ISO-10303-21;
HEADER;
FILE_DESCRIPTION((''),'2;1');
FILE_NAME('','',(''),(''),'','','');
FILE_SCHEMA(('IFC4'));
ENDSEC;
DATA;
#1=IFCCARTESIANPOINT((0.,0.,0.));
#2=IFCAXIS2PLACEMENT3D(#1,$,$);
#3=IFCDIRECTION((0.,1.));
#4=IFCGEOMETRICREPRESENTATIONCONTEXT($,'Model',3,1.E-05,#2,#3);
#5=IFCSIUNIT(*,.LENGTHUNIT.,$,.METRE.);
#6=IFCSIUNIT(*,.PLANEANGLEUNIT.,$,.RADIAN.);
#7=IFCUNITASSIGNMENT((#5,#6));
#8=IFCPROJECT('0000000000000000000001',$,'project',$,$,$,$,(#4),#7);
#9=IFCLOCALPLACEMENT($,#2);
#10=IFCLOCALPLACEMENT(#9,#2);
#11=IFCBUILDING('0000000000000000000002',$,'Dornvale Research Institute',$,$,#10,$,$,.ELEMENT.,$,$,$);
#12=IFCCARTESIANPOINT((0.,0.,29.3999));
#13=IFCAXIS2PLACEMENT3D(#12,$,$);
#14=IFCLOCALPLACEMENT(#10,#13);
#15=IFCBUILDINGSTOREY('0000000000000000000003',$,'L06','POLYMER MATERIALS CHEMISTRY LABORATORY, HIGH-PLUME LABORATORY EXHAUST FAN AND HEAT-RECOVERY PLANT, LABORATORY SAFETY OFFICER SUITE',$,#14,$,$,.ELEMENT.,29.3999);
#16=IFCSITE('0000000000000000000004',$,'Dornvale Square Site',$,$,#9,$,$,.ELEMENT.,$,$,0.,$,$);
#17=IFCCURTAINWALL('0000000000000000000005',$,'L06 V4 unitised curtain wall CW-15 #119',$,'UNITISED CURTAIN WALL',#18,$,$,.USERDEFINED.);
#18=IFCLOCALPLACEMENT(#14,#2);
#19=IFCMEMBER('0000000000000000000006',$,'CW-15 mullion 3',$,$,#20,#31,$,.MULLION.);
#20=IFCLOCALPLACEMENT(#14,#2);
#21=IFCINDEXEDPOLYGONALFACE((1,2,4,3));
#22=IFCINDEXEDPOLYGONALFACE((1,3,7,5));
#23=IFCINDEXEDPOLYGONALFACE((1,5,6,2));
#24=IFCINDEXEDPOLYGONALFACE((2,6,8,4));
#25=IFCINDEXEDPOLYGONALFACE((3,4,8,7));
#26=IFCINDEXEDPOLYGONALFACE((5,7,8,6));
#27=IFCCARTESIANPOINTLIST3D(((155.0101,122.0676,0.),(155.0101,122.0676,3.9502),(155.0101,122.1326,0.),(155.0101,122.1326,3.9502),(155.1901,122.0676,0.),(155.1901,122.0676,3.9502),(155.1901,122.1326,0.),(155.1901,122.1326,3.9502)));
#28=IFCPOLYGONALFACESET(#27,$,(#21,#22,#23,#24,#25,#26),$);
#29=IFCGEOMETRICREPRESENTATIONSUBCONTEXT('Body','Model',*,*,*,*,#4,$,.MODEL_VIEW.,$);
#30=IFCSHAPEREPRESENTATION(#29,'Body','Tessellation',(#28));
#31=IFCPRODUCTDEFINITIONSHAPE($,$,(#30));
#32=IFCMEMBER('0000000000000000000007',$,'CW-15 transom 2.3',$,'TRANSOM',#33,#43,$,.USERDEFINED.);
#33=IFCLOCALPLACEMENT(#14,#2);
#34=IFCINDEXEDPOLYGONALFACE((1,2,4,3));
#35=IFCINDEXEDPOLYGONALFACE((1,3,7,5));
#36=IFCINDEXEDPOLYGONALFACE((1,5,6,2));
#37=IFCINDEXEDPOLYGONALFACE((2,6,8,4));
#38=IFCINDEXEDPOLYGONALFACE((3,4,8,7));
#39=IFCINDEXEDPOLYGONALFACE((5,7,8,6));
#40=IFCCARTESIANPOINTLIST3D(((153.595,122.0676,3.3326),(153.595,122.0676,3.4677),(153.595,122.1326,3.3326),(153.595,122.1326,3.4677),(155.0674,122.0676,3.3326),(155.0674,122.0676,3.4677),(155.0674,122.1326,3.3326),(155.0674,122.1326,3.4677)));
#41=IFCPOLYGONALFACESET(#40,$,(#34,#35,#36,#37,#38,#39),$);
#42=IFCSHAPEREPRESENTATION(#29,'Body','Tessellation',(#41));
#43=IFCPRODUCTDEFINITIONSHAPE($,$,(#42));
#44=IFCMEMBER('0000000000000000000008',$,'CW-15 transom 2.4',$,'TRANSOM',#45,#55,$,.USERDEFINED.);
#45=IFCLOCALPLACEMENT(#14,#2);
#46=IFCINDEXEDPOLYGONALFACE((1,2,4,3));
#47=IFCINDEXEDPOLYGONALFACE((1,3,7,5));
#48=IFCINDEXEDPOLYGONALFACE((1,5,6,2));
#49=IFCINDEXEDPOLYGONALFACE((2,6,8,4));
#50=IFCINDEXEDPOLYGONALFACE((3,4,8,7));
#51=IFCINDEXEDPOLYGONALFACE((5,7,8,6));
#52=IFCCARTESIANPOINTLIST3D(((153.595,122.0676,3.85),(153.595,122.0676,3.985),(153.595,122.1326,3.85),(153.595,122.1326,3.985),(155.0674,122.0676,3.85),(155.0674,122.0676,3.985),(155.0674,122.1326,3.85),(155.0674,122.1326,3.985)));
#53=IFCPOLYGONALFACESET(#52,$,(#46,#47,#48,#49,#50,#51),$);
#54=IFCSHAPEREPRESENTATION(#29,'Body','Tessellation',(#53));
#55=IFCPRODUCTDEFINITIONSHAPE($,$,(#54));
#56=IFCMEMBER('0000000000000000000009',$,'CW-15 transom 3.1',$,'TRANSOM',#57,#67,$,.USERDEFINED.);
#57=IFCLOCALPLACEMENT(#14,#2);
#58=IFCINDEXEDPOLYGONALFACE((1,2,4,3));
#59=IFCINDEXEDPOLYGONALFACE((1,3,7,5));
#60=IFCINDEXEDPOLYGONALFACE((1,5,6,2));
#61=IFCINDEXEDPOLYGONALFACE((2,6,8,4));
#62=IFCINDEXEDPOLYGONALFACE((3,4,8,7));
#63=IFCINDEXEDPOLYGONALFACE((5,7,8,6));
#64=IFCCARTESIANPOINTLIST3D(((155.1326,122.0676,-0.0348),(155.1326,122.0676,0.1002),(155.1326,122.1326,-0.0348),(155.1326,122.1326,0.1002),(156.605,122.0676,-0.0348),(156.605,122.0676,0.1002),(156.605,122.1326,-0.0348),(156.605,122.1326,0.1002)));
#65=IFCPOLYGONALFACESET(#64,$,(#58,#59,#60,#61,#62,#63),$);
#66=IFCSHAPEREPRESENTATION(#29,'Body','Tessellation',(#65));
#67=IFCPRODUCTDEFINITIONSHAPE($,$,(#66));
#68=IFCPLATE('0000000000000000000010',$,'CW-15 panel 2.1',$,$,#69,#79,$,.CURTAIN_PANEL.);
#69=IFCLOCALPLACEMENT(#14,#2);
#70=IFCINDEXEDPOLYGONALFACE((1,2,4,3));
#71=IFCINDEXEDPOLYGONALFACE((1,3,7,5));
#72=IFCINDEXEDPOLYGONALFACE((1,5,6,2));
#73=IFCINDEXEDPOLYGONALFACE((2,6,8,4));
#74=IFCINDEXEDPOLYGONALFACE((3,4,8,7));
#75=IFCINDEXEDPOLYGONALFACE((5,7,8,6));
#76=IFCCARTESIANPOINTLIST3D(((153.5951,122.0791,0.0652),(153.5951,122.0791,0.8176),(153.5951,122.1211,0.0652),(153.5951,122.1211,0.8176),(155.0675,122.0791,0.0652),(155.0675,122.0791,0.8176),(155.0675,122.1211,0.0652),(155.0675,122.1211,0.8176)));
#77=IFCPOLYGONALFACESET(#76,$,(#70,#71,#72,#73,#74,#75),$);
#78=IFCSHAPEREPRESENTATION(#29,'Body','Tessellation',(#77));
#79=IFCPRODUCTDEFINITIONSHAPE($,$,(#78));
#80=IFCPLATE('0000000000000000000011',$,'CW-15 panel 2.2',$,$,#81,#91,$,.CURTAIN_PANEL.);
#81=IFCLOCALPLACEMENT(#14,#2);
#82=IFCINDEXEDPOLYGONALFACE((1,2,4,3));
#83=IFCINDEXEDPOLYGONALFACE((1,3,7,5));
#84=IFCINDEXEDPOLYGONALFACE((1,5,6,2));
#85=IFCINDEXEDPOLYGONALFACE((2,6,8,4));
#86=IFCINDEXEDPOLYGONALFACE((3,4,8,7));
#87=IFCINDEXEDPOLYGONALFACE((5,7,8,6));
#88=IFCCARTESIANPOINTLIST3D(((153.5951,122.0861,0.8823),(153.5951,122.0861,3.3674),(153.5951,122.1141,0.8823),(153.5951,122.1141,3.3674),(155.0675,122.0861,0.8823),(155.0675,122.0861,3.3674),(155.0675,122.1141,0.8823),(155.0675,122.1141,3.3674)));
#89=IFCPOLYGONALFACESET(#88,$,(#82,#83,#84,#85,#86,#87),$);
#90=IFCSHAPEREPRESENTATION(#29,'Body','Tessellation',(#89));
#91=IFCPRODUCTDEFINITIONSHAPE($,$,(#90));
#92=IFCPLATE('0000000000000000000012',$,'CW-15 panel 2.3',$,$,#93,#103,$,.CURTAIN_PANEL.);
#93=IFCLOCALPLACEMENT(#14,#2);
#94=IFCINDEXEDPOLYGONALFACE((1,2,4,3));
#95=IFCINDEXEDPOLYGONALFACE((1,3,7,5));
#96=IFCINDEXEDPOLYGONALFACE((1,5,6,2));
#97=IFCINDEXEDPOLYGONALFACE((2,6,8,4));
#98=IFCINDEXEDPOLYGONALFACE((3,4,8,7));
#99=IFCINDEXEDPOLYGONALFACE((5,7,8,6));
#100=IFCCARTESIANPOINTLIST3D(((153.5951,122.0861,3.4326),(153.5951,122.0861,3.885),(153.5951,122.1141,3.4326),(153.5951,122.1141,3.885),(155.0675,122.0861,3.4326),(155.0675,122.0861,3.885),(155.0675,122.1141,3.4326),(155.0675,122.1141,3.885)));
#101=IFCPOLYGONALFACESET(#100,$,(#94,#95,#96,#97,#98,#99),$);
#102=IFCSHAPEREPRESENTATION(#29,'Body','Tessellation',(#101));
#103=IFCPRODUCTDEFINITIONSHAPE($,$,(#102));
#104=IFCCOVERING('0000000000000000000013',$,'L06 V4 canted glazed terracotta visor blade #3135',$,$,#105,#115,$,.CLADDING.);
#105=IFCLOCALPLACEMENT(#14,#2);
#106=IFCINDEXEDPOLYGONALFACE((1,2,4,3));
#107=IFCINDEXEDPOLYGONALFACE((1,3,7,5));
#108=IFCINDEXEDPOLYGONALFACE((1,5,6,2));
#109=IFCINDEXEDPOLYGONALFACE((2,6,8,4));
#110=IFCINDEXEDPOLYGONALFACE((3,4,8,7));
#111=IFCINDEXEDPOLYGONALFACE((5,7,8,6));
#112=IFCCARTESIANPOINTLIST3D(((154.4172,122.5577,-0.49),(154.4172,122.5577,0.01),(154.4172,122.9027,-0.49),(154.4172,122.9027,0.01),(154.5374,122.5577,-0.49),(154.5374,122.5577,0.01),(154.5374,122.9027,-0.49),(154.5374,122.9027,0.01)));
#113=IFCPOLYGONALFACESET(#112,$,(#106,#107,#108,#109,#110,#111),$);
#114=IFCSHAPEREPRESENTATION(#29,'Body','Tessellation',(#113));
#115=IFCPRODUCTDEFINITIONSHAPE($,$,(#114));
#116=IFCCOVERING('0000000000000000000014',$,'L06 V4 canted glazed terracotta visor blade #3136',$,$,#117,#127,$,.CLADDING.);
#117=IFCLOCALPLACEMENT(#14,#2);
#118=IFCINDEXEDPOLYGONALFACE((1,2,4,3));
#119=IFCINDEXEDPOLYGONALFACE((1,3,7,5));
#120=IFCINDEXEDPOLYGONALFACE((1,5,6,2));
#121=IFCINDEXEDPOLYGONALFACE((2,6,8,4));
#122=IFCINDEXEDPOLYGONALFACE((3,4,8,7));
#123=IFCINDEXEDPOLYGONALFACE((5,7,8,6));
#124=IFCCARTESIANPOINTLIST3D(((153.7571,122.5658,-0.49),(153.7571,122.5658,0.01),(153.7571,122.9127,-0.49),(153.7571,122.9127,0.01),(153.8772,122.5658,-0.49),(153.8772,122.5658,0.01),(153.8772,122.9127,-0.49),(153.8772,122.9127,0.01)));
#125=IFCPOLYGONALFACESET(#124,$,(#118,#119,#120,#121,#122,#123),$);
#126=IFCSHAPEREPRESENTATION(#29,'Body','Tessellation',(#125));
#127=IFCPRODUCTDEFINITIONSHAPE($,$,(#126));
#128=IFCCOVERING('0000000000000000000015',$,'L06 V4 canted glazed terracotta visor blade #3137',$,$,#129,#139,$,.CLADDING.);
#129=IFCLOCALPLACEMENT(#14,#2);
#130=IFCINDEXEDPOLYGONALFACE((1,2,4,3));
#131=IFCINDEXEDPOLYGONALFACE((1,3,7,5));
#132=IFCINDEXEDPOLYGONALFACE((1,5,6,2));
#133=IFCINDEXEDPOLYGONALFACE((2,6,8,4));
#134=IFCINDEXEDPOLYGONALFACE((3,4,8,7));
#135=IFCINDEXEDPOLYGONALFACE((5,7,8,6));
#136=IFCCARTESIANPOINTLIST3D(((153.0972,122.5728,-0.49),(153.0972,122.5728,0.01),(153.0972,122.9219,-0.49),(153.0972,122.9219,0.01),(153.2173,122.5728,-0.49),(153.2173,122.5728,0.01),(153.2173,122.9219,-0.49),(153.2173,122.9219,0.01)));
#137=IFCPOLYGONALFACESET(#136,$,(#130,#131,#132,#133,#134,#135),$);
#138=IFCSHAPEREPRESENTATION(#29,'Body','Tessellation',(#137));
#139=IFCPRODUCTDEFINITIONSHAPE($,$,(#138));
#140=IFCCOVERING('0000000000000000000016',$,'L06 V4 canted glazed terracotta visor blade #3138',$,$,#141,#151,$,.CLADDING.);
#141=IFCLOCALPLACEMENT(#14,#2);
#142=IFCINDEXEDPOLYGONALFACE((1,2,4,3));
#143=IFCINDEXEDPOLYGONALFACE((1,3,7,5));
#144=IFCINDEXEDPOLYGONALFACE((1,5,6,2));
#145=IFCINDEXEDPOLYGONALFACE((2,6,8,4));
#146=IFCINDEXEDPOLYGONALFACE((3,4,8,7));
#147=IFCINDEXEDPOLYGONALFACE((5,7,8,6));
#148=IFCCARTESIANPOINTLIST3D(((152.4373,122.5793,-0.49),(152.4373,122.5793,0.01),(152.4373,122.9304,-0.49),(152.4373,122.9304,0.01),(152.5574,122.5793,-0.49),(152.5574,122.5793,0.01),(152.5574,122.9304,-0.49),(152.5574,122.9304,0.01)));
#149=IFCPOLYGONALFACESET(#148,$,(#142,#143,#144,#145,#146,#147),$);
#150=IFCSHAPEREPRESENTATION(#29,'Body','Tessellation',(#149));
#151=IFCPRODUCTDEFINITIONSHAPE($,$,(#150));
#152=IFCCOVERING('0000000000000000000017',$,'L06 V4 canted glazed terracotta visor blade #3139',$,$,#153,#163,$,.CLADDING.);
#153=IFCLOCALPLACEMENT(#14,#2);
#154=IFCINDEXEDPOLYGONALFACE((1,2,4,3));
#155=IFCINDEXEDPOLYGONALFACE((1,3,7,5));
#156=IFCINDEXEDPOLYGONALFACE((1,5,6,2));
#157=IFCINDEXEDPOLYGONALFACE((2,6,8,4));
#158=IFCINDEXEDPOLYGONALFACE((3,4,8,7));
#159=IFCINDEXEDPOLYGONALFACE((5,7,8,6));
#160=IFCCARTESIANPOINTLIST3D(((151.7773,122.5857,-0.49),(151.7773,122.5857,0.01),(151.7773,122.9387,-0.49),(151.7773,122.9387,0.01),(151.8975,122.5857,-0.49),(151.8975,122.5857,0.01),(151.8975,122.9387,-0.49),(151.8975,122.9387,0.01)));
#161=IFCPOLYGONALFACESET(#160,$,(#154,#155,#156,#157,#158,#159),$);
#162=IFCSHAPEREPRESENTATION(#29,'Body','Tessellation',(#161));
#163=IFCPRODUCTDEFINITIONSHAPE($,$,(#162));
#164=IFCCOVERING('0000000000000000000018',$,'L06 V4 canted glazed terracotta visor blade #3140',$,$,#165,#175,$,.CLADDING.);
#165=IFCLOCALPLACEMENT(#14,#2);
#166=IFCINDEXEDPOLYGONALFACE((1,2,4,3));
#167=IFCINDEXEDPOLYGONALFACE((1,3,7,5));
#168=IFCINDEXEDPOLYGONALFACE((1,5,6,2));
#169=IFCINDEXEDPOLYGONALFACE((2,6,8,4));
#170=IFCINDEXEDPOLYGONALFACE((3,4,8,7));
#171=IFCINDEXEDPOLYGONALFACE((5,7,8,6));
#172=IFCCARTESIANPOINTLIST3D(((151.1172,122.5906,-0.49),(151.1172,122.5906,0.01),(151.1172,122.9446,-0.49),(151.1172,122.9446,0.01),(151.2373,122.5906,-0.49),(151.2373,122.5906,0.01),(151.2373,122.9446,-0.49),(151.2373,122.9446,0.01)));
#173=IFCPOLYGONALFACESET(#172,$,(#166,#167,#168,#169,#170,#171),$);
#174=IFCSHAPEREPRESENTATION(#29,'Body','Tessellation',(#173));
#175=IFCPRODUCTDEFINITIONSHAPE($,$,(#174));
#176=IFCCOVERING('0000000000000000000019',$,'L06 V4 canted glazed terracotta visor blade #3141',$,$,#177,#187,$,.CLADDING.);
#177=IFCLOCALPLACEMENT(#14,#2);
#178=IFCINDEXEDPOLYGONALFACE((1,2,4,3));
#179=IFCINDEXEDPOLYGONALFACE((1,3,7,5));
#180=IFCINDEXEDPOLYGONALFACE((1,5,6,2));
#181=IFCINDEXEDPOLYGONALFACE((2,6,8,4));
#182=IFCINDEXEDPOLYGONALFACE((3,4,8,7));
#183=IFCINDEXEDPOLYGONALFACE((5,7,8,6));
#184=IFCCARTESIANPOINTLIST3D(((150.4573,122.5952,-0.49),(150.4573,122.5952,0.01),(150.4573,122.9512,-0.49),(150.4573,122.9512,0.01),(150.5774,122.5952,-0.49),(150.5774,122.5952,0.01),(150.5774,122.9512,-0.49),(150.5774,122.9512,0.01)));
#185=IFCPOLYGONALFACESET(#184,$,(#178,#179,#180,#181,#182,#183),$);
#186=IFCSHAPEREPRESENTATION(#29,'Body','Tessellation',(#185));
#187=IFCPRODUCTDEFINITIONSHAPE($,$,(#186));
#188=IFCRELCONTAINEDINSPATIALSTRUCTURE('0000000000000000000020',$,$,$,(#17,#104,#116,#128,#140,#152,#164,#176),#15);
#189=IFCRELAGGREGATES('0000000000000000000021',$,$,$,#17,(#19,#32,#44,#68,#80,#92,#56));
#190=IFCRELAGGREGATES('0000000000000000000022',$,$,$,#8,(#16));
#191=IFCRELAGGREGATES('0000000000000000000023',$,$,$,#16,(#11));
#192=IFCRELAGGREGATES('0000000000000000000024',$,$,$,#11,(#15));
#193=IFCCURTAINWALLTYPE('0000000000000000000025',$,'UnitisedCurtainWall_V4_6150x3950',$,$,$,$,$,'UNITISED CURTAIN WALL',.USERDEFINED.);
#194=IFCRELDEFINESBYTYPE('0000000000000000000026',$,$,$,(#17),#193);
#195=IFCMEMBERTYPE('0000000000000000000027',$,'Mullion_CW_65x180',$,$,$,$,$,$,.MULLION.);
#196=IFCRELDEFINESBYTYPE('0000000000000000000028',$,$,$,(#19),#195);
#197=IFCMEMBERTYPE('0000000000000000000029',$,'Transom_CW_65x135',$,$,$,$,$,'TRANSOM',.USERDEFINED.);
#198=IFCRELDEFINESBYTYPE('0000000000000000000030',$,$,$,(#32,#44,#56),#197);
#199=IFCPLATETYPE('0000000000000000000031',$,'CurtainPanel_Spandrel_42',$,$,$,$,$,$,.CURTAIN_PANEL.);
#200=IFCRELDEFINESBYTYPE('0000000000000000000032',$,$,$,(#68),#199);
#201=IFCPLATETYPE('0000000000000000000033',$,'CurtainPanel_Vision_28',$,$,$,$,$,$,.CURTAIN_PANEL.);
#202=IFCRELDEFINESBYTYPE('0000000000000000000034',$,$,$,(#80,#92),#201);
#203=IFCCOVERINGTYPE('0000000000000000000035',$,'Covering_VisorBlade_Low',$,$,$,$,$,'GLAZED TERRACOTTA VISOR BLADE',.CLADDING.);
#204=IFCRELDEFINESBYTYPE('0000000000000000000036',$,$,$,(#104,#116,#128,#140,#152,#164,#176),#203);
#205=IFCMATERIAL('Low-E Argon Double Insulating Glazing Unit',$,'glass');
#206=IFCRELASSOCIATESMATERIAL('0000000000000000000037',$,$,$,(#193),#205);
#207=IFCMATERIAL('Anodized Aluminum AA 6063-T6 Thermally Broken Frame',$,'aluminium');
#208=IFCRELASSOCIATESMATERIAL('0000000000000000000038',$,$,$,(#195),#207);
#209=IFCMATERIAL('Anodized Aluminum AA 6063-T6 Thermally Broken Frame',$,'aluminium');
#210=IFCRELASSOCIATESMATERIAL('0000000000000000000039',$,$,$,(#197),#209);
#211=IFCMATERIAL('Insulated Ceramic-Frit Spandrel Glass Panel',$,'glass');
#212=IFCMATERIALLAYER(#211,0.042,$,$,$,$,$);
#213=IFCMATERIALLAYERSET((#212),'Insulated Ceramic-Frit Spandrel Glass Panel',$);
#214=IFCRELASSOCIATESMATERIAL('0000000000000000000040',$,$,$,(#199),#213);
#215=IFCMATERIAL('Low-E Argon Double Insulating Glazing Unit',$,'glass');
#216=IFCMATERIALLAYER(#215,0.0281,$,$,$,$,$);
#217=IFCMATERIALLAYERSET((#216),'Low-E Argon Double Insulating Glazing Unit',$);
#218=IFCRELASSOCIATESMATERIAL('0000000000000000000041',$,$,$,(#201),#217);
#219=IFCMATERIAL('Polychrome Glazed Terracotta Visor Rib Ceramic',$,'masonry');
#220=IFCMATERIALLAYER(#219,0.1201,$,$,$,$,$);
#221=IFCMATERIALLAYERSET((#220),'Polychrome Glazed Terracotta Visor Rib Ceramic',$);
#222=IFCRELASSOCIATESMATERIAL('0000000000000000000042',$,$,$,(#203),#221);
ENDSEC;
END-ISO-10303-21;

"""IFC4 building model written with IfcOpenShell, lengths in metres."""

from ifc_helpers import new_model, si_unit, direction, frame, origin, origin_2d, place, context, subcontext, project, spatial, rectangle, extrude, material, layer, layer_set, material_profile, profile_set, type_object, element, aggregate, save


model = new_model("IFC4")

# Units and contexts
model_context = context("Model", 3, precision=1e-05, world=origin(), true_north=direction((0.0, 1.0)))
body_context = subcontext(model_context, "Body", "Model", "MODEL_VIEW")
ifc_project = project(units=[si_unit("LENGTHUNIT", "METRE"), si_unit("PLANEANGLEUNIT", "RADIAN")], contexts=[model_context])

# Site, building, storey
site_placement = place(None, origin())
site = spatial("IfcSite", under=ifc_project, at=site_placement, Name="Dornvale Square Site", CompositionType="ELEMENT", RefElevation=0.0)
building_placement = place(site_placement, origin())
building = spatial("IfcBuilding", under=site, at=building_placement, Name="Dornvale Research Institute", CompositionType="ELEMENT")
storey_placement = place(building_placement, frame((0.0, 0.0, 29.3999)))
storey = spatial("IfcBuildingStorey", under=building, at=storey_placement, Name="L06", Description="POLYMER MATERIALS CHEMISTRY LABORATORY, HIGH-PLUME LABORATORY EXHAUST FAN AND HEAT-RECOVERY PLANT, LABORATORY SAFETY OFFICER SUITE", CompositionType="ELEMENT", Elevation=29.3999)

# Curtain wall, members, plates
ifc_material_1 = material(Name="Low-E Argon Double Insulating Glazing Unit", Category="glass")
curtain_wall_type = type_object("IfcCurtainWallType", Name="UnitisedCurtainWall_V4_6150x3950", ElementType="UNITISED CURTAIN WALL", PredefinedType="USERDEFINED", material=ifc_material_1)
curtain_wall_placement = place(storey_placement, origin())
curtain_wall = element("IfcCurtainWall", 1, at=curtain_wall_placement, inside=storey, type_object=curtain_wall_type, Name="L06 V4 unitised curtain wall CW-15 #119", ObjectType="UNITISED CURTAIN WALL", PredefinedType="USERDEFINED")
ifc_material_2 = material(Name="Anodized Aluminum AA 6063-T6 Thermally Broken Frame", Category="aluminium")
ifc_material_profile_1 = material_profile(ifc_material_2, rectangle(XDim=0.0649, YDim=0.1799, at=origin_2d()), Name="ALU MULLION 65x180")
ifc_profile_set_1 = profile_set([ifc_material_profile_1], Name="Anodized Aluminum AA 6063-T6 Thermally Broken Frame")
member_type_1 = type_object("IfcMemberType", Name="Mullion_CW_65x180", PredefinedType="MULLION", material=ifc_profile_set_1)
member_1_placement = place(storey_placement, frame((155.1001, 122.1001, 0.0), z_axis=(0.0, 0.0, 1.0), x_axis=(0.0, 1.0, 0.0)))
member_1 = element("IfcMember", 2, at=member_1_placement, type_object=member_type_1, Name="CW-15 mullion 3", PredefinedType="MULLION", context=body_context, shape_type="SweptSolid", body=[
    extrude(rectangle(XDim=0.0649, YDim=0.1799, at=origin_2d()), origin(), (0.0, 0.0, 1.0), 3.9502),
])
ifc_material_3 = material(Name="Anodized Aluminum AA 6063-T6 Thermally Broken Frame", Category="aluminium")
ifc_material_profile_2 = material_profile(ifc_material_3, rectangle(XDim=0.0649, YDim=0.135, at=origin_2d()), Name="ALU TRANSOM 65x135")
ifc_profile_set_2 = profile_set([ifc_material_profile_2], Name="Anodized Aluminum AA 6063-T6 Thermally Broken Frame")
member_type_2 = type_object("IfcMemberType", Name="Transom_CW_65x135", ElementType="TRANSOM", PredefinedType="USERDEFINED", material=ifc_profile_set_2)
member_2_placement = place(storey_placement, frame((153.595, 122.1001, 3.4001), z_axis=(1.0, 0.0, 0.0), x_axis=(0.0, 1.0, 0.0)))
member_2 = element("IfcMember", 3, at=member_2_placement, type_object=member_type_2, Name="CW-15 transom 2.3", ObjectType="TRANSOM", PredefinedType="USERDEFINED", context=body_context, shape_type="SweptSolid", body=[
    extrude(rectangle(XDim=0.0649, YDim=0.135, at=origin_2d()), origin(), (0.0, 0.0, 1.0), 1.4724),
])
member_3_placement = place(storey_placement, frame((153.595, 122.1001, 3.9175), z_axis=(1.0, 0.0, 0.0), x_axis=(0.0, 1.0, 0.0)))
member_3 = element("IfcMember", 4, at=member_3_placement, type_object=member_type_2, Name="CW-15 transom 2.4", ObjectType="TRANSOM", PredefinedType="USERDEFINED", context=body_context, shape_type="SweptSolid", body=[
    extrude(rectangle(XDim=0.0649, YDim=0.135, at=origin_2d()), origin(), (0.0, 0.0, 1.0), 1.4724),
])
member_4_placement = place(storey_placement, frame((155.1326, 122.1001, 0.0327), z_axis=(1.0, 0.0, 0.0), x_axis=(0.0, 1.0, 0.0)))
member_4 = element("IfcMember", 5, at=member_4_placement, type_object=member_type_2, Name="CW-15 transom 3.1", ObjectType="TRANSOM", PredefinedType="USERDEFINED", context=body_context, shape_type="SweptSolid", body=[
    extrude(rectangle(XDim=0.0649, YDim=0.135, at=origin_2d()), origin(), (0.0, 0.0, 1.0), 1.4724),
])
ifc_material_4 = material(Name="Insulated Ceramic-Frit Spandrel Glass Panel", Category="glass")
ifc_layer_1 = layer(ifc_material_4, 0.042)
ifc_layer_set_1 = layer_set([ifc_layer_1], Name="Insulated Ceramic-Frit Spandrel Glass Panel")
plate_type_1 = type_object("IfcPlateType", Name="CurtainPanel_Spandrel_42", PredefinedType="CURTAIN_PANEL", material=ifc_layer_set_1)
plate_1_placement = place(storey_placement, frame((154.3313, 122.1001, 0.0652), z_axis=(0.0, 0.0, 1.0), x_axis=(1.0, 0.0, 0.0)))
plate_1 = element("IfcPlate", 6, at=plate_1_placement, type_object=plate_type_1, Name="CW-15 panel 2.1", PredefinedType="CURTAIN_PANEL", context=body_context, shape_type="SweptSolid", body=[
    extrude(rectangle(XDim=1.4724, YDim=0.042, at=origin_2d()), origin(), (0.0, 0.0, 1.0), 0.7524),
])
ifc_material_5 = material(Name="Low-E Argon Double Insulating Glazing Unit", Category="glass")
ifc_layer_2 = layer(ifc_material_5, 0.0281)
ifc_layer_set_2 = layer_set([ifc_layer_2], Name="Low-E Argon Double Insulating Glazing Unit")
plate_type_2 = type_object("IfcPlateType", Name="CurtainPanel_Vision_28", PredefinedType="CURTAIN_PANEL", material=ifc_layer_set_2)
plate_2_placement = place(storey_placement, frame((154.3313, 122.1001, 0.8823), z_axis=(0.0, 0.0, 1.0), x_axis=(1.0, 0.0, 0.0)))
plate_2 = element("IfcPlate", 7, at=plate_2_placement, type_object=plate_type_2, Name="CW-15 panel 2.2", PredefinedType="CURTAIN_PANEL", context=body_context, shape_type="SweptSolid", body=[
    extrude(rectangle(XDim=1.4724, YDim=0.0281, at=origin_2d()), origin(), (0.0, 0.0, 1.0), 2.4851),
])
plate_3_placement = place(storey_placement, frame((154.3313, 122.1001, 3.4326), z_axis=(0.0, 0.0, 1.0), x_axis=(1.0, 0.0, 0.0)))
plate_3 = element("IfcPlate", 8, at=plate_3_placement, type_object=plate_type_2, Name="CW-15 panel 2.3", PredefinedType="CURTAIN_PANEL", context=body_context, shape_type="SweptSolid", body=[
    extrude(rectangle(XDim=1.4724, YDim=0.0281, at=origin_2d()), origin(), (0.0, 0.0, 1.0), 0.4524),
])
aggregate(curtain_wall, [member_1, member_2, member_3, plate_1, plate_2, plate_3, member_4])

# Coverings
ifc_material_6 = material(Name="Polychrome Glazed Terracotta Visor Rib Ceramic", Category="masonry")
ifc_layer_3 = layer(ifc_material_6, 0.1201)
ifc_layer_set_3 = layer_set([ifc_layer_3], Name="Polychrome Glazed Terracotta Visor Rib Ceramic")
covering_type = type_object("IfcCoveringType", Name="Covering_VisorBlade_Low", ElementType="GLAZED TERRACOTTA VISOR BLADE", PredefinedType="CLADDING", material=ifc_layer_set_3)
covering_1_placement = place(storey_placement, frame((154.4773, 122.7302, -0.49), z_axis=(0.0, 0.0, 1.0), x_axis=(0.0, 1.0, 0.0)))
element("IfcCovering", 9, at=covering_1_placement, inside=storey, type_object=covering_type, Name="L06 V4 canted glazed terracotta visor blade #3135", PredefinedType="CLADDING", context=body_context, shape_type="SweptSolid", body=[
    extrude(rectangle(XDim=0.345, YDim=0.1201, at=origin_2d()), origin(), (0.0, 0.0, 1.0), 0.5),
])
covering_2_placement = place(storey_placement, frame((153.8171, 122.7393, -0.49), z_axis=(0.0, 0.0, 1.0), x_axis=(0.0, 1.0, 0.0)))
element("IfcCovering", 10, at=covering_2_placement, inside=storey, type_object=covering_type, Name="L06 V4 canted glazed terracotta visor blade #3136", PredefinedType="CLADDING", context=body_context, shape_type="SweptSolid", body=[
    extrude(rectangle(XDim=0.3469, YDim=0.1201, at=origin_2d()), origin(), (0.0, 0.0, 1.0), 0.5),
])
covering_3_placement = place(storey_placement, frame((153.1572, 122.7473, -0.49), z_axis=(0.0, 0.0, 1.0), x_axis=(0.0, 1.0, 0.0)))
element("IfcCovering", 11, at=covering_3_placement, inside=storey, type_object=covering_type, Name="L06 V4 canted glazed terracotta visor blade #3137", PredefinedType="CLADDING", context=body_context, shape_type="SweptSolid", body=[
    extrude(rectangle(XDim=0.3491, YDim=0.1201, at=origin_2d()), origin(), (0.0, 0.0, 1.0), 0.5),
])
covering_4_placement = place(storey_placement, frame((152.4973, 122.7549, -0.49), z_axis=(0.0, 0.0, 1.0), x_axis=(0.0, 1.0, 0.0)))
element("IfcCovering", 12, at=covering_4_placement, inside=storey, type_object=covering_type, Name="L06 V4 canted glazed terracotta visor blade #3138", PredefinedType="CLADDING", context=body_context, shape_type="SweptSolid", body=[
    extrude(rectangle(XDim=0.3511, YDim=0.1201, at=origin_2d()), origin(), (0.0, 0.0, 1.0), 0.5),
])
covering_5_placement = place(storey_placement, frame((151.8374, 122.7622, -0.49), z_axis=(0.0, 0.0, 1.0), x_axis=(0.0, 1.0, 0.0)))
element("IfcCovering", 13, at=covering_5_placement, inside=storey, type_object=covering_type, Name="L06 V4 canted glazed terracotta visor blade #3139", PredefinedType="CLADDING", context=body_context, shape_type="SweptSolid", body=[
    extrude(rectangle(XDim=0.353, YDim=0.1201, at=origin_2d()), origin(), (0.0, 0.0, 1.0), 0.5),
])
covering_6_placement = place(storey_placement, frame((151.1772, 122.7676, -0.49), z_axis=(0.0, 0.0, 1.0), x_axis=(0.0, 1.0, 0.0)))
element("IfcCovering", 14, at=covering_6_placement, inside=storey, type_object=covering_type, Name="L06 V4 canted glazed terracotta visor blade #3140", PredefinedType="CLADDING", context=body_context, shape_type="SweptSolid", body=[
    extrude(rectangle(XDim=0.354, YDim=0.1201, at=origin_2d()), origin(), (0.0, 0.0, 1.0), 0.5),
])
covering_7_placement = place(storey_placement, frame((150.5173, 122.7732, -0.49), z_axis=(0.0, 0.0, 1.0), x_axis=(0.0, 1.0, 0.0)))
element("IfcCovering", 15, at=covering_7_placement, inside=storey, type_object=covering_type, Name="L06 V4 canted glazed terracotta visor blade #3141", PredefinedType="CLADDING", context=body_context, shape_type="SweptSolid", body=[
    extrude(rectangle(XDim=0.356, YDim=0.1201, at=origin_2d()), origin(), (0.0, 0.0, 1.0), 0.5),
])

save(model, "model.ifc")
